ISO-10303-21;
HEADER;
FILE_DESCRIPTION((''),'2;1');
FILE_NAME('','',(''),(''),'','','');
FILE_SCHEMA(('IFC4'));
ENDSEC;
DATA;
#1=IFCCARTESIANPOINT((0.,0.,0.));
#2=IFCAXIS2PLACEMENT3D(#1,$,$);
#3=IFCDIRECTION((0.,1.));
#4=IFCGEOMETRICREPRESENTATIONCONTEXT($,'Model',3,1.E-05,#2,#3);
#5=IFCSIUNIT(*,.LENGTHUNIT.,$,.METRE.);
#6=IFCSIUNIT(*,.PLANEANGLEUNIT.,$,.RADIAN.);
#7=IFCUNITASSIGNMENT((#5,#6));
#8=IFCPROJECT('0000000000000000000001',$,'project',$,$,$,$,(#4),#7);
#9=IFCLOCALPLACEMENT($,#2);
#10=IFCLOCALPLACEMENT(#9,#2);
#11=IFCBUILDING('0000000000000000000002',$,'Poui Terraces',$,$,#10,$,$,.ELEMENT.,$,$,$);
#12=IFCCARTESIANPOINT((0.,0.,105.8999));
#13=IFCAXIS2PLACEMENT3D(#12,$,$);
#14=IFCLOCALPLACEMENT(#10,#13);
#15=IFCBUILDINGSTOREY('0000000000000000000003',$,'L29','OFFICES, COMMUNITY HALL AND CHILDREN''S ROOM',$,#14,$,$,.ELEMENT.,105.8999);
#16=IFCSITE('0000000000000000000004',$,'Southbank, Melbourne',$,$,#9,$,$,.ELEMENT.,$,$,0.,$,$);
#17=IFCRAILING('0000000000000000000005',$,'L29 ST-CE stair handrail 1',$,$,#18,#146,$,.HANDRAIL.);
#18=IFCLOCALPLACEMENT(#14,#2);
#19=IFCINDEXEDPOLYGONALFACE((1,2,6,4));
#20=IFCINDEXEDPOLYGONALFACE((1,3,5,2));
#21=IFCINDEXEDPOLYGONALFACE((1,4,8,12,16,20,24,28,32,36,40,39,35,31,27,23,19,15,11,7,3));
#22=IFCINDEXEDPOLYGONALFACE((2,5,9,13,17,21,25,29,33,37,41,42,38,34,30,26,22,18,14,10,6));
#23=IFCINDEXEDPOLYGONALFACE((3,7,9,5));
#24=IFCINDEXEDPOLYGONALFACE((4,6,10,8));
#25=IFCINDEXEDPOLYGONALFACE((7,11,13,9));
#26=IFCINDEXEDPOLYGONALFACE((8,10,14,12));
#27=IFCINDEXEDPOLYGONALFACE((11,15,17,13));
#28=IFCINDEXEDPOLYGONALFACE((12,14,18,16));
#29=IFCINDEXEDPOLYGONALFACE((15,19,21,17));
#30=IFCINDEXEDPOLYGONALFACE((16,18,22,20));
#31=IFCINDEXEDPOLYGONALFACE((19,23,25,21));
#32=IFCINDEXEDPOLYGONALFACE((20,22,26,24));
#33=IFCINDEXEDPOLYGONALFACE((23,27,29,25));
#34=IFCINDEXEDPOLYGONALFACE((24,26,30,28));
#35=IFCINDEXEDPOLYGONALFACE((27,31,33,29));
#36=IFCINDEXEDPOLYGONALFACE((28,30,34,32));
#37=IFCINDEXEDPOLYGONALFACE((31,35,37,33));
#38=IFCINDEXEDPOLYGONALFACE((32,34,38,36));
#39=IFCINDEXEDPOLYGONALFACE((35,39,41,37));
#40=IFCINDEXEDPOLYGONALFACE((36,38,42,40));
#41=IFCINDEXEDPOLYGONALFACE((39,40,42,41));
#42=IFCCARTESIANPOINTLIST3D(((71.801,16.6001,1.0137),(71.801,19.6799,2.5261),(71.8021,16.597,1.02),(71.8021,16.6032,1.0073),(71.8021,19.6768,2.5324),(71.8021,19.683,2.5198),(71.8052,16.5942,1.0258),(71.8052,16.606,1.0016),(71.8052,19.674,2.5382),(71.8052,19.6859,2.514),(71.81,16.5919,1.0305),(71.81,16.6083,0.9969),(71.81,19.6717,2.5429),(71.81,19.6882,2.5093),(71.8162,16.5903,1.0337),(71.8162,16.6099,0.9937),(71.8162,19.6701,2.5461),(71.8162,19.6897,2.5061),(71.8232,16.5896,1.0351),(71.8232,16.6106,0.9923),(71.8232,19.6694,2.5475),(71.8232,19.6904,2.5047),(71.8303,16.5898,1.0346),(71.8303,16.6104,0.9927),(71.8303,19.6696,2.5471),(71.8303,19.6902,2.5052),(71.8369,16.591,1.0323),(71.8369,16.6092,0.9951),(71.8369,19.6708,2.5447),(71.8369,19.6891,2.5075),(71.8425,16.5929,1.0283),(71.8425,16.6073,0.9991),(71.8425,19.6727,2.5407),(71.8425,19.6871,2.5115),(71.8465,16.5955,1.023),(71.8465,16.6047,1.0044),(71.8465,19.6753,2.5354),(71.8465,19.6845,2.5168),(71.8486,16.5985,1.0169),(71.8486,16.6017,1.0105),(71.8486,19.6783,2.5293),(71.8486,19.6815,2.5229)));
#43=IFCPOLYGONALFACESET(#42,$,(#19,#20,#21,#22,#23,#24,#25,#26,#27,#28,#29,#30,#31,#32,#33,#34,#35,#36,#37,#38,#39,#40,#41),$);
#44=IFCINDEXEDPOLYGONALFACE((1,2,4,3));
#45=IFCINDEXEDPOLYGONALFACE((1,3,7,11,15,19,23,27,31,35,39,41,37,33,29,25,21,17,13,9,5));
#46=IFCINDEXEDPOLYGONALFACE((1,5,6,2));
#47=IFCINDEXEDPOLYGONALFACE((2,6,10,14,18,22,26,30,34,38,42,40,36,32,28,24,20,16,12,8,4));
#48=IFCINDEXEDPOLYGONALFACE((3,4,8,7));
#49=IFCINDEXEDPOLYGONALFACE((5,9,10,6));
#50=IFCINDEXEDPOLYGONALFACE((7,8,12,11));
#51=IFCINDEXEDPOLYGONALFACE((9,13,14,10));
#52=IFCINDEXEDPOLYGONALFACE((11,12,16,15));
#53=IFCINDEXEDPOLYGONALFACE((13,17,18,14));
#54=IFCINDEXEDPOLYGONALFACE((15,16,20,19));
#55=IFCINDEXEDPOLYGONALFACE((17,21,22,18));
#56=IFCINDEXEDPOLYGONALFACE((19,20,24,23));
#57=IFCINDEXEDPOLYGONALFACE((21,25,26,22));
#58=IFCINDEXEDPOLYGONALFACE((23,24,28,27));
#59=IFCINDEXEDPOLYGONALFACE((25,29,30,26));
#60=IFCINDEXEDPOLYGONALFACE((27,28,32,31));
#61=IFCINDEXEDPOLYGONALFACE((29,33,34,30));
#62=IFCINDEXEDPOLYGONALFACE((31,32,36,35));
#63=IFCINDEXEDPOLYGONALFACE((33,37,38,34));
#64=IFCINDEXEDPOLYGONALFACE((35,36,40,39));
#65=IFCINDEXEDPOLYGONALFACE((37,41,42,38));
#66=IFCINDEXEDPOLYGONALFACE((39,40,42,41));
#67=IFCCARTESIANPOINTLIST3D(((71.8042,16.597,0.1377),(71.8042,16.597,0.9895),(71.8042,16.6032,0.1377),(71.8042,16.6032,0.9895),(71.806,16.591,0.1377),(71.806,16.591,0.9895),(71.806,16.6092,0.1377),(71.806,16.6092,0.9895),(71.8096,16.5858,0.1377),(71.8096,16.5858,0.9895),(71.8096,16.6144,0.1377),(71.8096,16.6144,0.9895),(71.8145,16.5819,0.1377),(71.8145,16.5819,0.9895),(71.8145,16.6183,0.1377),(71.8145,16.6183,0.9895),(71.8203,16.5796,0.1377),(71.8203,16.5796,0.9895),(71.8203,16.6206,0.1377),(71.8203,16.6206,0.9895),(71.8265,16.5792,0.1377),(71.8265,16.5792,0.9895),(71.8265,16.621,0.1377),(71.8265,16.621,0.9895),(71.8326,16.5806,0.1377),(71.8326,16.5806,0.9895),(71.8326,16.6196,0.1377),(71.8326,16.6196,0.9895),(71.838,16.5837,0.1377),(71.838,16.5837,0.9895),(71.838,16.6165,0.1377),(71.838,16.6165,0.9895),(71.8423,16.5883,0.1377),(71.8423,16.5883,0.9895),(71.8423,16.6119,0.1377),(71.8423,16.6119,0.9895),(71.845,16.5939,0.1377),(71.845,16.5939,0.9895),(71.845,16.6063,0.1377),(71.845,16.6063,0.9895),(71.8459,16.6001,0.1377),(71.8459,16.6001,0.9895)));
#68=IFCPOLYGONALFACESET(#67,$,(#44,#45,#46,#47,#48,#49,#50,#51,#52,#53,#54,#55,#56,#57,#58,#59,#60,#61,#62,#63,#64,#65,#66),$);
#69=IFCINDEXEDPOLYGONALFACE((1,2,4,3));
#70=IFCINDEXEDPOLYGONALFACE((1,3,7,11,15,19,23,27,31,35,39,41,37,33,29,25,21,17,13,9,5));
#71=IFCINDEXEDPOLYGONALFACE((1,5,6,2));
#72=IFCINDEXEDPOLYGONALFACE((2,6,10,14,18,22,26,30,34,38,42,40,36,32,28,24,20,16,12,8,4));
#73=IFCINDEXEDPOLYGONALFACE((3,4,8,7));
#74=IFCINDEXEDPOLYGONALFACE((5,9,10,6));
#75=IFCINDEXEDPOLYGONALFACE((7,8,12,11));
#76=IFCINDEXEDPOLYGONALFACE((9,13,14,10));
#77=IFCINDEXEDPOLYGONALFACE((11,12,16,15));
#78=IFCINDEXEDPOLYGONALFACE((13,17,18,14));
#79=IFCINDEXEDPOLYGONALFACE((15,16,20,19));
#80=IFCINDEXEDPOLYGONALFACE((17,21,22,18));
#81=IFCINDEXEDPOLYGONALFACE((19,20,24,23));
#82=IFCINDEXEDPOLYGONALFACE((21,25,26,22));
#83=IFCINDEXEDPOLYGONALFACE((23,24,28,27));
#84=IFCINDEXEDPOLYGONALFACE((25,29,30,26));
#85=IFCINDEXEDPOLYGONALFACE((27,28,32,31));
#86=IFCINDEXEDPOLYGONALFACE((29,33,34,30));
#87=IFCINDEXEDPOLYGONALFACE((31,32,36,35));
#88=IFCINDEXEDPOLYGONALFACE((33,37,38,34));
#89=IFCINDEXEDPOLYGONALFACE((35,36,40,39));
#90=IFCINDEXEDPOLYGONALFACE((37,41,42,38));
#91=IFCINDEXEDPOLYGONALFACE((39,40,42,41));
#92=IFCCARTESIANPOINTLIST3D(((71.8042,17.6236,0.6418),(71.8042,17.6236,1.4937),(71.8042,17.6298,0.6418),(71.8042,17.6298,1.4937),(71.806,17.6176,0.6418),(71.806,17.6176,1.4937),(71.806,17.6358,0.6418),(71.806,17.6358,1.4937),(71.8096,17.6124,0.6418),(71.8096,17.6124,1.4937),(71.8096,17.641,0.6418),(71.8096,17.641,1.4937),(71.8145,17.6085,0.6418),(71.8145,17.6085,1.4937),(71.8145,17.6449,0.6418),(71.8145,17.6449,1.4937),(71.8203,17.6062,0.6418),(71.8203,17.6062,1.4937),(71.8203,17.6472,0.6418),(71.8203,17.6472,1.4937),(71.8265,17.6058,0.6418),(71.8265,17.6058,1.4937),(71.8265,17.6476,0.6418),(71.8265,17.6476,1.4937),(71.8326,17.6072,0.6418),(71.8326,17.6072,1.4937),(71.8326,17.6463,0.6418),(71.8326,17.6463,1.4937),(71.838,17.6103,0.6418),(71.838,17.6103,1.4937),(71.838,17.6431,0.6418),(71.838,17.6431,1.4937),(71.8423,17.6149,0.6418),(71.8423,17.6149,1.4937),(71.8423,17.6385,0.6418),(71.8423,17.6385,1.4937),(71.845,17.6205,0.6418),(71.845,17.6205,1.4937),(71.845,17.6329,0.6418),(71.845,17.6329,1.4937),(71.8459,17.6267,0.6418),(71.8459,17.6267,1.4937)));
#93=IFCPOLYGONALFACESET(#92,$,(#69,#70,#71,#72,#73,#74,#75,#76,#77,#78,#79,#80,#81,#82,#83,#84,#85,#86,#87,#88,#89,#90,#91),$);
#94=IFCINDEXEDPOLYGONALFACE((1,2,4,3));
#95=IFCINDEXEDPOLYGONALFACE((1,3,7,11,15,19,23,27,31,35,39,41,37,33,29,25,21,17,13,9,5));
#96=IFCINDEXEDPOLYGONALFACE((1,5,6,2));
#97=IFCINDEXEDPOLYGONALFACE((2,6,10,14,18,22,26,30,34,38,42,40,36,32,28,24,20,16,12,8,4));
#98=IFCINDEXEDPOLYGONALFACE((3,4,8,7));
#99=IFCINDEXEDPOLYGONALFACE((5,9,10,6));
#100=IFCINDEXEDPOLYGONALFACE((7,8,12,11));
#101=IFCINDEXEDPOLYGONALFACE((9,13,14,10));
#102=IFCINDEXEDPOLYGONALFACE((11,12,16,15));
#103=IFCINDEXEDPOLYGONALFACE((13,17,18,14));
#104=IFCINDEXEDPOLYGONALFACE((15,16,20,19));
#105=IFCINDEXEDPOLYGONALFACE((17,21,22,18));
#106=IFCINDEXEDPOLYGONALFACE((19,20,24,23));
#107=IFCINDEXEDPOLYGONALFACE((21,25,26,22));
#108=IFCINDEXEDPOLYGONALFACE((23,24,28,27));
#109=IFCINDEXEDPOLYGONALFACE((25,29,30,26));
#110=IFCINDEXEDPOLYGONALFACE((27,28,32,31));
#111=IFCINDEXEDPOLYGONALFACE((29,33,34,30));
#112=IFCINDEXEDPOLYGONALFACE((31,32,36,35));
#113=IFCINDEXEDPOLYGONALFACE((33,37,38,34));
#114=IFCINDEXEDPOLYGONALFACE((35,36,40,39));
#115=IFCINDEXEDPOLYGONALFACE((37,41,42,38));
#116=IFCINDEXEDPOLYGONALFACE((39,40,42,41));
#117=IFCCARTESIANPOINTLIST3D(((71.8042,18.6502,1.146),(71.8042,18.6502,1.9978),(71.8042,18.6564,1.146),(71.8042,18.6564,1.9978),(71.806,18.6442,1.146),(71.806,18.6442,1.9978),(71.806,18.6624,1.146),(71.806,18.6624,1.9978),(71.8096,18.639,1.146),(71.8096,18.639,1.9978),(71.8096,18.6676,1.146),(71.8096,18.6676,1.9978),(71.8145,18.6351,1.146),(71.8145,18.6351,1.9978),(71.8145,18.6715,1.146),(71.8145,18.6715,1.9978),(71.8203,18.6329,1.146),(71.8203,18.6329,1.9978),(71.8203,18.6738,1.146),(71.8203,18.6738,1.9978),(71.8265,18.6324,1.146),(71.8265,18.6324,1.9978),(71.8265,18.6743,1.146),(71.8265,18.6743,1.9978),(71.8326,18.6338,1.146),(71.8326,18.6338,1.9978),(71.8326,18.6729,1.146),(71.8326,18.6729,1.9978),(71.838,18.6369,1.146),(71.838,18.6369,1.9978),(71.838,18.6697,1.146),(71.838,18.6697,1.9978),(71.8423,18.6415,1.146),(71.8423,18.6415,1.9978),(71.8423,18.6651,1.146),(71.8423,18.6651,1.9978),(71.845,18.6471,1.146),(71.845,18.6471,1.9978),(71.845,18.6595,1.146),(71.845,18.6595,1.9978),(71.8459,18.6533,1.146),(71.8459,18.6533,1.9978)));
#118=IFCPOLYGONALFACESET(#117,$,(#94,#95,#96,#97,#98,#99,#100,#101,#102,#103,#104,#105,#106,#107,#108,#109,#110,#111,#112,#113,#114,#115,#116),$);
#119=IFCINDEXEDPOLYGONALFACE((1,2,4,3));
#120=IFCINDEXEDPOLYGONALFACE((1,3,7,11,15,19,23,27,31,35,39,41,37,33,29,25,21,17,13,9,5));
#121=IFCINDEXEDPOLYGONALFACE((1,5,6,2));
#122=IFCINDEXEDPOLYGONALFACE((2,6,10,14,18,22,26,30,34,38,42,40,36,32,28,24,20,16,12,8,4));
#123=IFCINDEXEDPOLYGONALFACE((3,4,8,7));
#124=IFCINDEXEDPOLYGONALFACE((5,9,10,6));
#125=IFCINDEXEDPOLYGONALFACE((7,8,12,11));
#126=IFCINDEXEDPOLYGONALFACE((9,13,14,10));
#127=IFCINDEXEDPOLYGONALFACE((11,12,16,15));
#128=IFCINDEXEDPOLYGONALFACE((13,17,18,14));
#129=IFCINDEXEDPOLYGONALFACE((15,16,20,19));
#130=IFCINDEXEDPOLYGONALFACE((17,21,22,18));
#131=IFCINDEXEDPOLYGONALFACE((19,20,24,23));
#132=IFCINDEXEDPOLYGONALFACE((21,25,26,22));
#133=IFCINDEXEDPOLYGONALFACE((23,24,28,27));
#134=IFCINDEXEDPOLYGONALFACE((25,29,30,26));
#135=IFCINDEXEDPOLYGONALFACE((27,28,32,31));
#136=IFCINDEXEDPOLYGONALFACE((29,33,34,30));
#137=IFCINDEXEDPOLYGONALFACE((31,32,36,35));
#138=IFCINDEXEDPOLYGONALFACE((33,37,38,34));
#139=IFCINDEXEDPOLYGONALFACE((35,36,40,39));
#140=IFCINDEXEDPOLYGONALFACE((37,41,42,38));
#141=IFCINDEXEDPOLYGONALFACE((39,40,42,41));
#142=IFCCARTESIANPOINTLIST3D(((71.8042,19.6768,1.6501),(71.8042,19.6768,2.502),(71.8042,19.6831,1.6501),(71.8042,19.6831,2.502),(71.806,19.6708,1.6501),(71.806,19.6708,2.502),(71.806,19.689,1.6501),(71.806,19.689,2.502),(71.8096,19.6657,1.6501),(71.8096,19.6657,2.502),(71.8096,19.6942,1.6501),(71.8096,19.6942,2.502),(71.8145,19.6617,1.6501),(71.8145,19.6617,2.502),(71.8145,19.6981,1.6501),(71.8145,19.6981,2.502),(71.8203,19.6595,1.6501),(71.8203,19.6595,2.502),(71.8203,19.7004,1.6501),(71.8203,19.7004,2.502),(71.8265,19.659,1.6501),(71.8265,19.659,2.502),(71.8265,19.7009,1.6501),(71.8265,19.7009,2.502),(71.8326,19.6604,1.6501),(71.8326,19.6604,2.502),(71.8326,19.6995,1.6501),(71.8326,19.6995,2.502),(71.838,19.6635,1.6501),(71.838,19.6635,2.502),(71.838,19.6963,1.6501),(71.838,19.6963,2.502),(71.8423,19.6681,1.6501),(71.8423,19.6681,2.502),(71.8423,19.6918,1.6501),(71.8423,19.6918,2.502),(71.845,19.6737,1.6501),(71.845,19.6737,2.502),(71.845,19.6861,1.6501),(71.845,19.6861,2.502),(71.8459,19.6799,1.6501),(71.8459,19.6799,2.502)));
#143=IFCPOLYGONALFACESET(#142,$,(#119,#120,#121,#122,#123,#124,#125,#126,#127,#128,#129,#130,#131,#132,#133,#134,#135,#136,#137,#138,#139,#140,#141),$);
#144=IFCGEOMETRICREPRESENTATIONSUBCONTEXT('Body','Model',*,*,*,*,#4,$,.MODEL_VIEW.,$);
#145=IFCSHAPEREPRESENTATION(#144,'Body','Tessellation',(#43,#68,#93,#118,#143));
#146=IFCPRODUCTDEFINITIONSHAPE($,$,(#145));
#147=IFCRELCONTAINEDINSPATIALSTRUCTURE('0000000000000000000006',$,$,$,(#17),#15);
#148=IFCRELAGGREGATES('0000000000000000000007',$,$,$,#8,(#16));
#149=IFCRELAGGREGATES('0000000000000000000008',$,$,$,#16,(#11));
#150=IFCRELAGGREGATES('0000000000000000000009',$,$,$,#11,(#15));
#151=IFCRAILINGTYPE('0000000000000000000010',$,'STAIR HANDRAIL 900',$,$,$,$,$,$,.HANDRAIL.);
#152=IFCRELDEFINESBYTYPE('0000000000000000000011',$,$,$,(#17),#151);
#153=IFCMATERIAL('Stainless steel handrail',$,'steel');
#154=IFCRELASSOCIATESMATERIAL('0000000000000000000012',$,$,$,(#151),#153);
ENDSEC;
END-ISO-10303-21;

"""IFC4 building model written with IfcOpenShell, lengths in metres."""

from ifc_helpers import new_model, si_unit, direction, frame, origin, origin_2d, place, context, subcontext, project, spatial, circle, extrude, material, type_object, element, save


model = new_model("IFC4")

# Units and contexts
model_context = context("Model", 3, precision=1e-05, world=origin(), true_north=direction((0.0, 1.0)))
body_context = subcontext(model_context, "Body", "Model", "MODEL_VIEW")
ifc_project = project(units=[si_unit("LENGTHUNIT", "METRE"), si_unit("PLANEANGLEUNIT", "RADIAN")], contexts=[model_context])

# Site, building, storey
site_placement = place(None, origin())
site = spatial("IfcSite", under=ifc_project, at=site_placement, Name="Southbank, Melbourne", CompositionType="ELEMENT", RefElevation=0.0)
building_placement = place(site_placement, origin())
building = spatial("IfcBuilding", under=site, at=building_placement, Name="Poui Terraces", CompositionType="ELEMENT")
storey_placement = place(building_placement, frame((0.0, 0.0, 105.8999)))
storey = spatial("IfcBuildingStorey", under=building, at=storey_placement, Name="L29", Description="OFFICES, COMMUNITY HALL AND CHILDREN'S ROOM", CompositionType="ELEMENT", Elevation=105.8999)

# Railing
ifc_material_1 = material(Name="Stainless steel handrail", Category="steel")
railing_type_1 = type_object("IfcRailingType", Name="STAIR HANDRAIL 900", PredefinedType="HANDRAIL", material=ifc_material_1)
railing_1_placement = place(storey_placement, frame((71.825, 16.6001, 0.1377)))
element("IfcRailing", 1, at=railing_1_placement, inside=storey, type_object=railing_type_1, Name="L29 ST-CE stair handrail 1", PredefinedType="HANDRAIL", context=body_context, shape_type="SweptSolid", body=[
    extrude(circle(Radius=0.0239, at=origin_2d()), frame((0.0, 0.0, 0.876), z_axis=(0.0, 0.897606, 0.440798), x_axis=(-1.0, 0.0, 0.0)), (0.0, 0.0, 1.0), 3.4312),
    extrude(circle(Radius=0.021, at=origin_2d()), origin(), (0.0, 0.0, 1.0), 0.8518),
    extrude(circle(Radius=0.021, at=origin_2d()), frame((0.0, 1.0266, 0.5042)), (0.0, 0.0, 1.0), 0.8518),
    extrude(circle(Radius=0.021, at=origin_2d()), frame((0.0, 2.0532, 1.0083)), (0.0, 0.0, 1.0), 0.8518),
    extrude(circle(Radius=0.021, at=origin_2d()), frame((0.0, 3.0798, 1.5125)), (0.0, 0.0, 1.0), 0.8518),
])

save(model, "model.ifc")
